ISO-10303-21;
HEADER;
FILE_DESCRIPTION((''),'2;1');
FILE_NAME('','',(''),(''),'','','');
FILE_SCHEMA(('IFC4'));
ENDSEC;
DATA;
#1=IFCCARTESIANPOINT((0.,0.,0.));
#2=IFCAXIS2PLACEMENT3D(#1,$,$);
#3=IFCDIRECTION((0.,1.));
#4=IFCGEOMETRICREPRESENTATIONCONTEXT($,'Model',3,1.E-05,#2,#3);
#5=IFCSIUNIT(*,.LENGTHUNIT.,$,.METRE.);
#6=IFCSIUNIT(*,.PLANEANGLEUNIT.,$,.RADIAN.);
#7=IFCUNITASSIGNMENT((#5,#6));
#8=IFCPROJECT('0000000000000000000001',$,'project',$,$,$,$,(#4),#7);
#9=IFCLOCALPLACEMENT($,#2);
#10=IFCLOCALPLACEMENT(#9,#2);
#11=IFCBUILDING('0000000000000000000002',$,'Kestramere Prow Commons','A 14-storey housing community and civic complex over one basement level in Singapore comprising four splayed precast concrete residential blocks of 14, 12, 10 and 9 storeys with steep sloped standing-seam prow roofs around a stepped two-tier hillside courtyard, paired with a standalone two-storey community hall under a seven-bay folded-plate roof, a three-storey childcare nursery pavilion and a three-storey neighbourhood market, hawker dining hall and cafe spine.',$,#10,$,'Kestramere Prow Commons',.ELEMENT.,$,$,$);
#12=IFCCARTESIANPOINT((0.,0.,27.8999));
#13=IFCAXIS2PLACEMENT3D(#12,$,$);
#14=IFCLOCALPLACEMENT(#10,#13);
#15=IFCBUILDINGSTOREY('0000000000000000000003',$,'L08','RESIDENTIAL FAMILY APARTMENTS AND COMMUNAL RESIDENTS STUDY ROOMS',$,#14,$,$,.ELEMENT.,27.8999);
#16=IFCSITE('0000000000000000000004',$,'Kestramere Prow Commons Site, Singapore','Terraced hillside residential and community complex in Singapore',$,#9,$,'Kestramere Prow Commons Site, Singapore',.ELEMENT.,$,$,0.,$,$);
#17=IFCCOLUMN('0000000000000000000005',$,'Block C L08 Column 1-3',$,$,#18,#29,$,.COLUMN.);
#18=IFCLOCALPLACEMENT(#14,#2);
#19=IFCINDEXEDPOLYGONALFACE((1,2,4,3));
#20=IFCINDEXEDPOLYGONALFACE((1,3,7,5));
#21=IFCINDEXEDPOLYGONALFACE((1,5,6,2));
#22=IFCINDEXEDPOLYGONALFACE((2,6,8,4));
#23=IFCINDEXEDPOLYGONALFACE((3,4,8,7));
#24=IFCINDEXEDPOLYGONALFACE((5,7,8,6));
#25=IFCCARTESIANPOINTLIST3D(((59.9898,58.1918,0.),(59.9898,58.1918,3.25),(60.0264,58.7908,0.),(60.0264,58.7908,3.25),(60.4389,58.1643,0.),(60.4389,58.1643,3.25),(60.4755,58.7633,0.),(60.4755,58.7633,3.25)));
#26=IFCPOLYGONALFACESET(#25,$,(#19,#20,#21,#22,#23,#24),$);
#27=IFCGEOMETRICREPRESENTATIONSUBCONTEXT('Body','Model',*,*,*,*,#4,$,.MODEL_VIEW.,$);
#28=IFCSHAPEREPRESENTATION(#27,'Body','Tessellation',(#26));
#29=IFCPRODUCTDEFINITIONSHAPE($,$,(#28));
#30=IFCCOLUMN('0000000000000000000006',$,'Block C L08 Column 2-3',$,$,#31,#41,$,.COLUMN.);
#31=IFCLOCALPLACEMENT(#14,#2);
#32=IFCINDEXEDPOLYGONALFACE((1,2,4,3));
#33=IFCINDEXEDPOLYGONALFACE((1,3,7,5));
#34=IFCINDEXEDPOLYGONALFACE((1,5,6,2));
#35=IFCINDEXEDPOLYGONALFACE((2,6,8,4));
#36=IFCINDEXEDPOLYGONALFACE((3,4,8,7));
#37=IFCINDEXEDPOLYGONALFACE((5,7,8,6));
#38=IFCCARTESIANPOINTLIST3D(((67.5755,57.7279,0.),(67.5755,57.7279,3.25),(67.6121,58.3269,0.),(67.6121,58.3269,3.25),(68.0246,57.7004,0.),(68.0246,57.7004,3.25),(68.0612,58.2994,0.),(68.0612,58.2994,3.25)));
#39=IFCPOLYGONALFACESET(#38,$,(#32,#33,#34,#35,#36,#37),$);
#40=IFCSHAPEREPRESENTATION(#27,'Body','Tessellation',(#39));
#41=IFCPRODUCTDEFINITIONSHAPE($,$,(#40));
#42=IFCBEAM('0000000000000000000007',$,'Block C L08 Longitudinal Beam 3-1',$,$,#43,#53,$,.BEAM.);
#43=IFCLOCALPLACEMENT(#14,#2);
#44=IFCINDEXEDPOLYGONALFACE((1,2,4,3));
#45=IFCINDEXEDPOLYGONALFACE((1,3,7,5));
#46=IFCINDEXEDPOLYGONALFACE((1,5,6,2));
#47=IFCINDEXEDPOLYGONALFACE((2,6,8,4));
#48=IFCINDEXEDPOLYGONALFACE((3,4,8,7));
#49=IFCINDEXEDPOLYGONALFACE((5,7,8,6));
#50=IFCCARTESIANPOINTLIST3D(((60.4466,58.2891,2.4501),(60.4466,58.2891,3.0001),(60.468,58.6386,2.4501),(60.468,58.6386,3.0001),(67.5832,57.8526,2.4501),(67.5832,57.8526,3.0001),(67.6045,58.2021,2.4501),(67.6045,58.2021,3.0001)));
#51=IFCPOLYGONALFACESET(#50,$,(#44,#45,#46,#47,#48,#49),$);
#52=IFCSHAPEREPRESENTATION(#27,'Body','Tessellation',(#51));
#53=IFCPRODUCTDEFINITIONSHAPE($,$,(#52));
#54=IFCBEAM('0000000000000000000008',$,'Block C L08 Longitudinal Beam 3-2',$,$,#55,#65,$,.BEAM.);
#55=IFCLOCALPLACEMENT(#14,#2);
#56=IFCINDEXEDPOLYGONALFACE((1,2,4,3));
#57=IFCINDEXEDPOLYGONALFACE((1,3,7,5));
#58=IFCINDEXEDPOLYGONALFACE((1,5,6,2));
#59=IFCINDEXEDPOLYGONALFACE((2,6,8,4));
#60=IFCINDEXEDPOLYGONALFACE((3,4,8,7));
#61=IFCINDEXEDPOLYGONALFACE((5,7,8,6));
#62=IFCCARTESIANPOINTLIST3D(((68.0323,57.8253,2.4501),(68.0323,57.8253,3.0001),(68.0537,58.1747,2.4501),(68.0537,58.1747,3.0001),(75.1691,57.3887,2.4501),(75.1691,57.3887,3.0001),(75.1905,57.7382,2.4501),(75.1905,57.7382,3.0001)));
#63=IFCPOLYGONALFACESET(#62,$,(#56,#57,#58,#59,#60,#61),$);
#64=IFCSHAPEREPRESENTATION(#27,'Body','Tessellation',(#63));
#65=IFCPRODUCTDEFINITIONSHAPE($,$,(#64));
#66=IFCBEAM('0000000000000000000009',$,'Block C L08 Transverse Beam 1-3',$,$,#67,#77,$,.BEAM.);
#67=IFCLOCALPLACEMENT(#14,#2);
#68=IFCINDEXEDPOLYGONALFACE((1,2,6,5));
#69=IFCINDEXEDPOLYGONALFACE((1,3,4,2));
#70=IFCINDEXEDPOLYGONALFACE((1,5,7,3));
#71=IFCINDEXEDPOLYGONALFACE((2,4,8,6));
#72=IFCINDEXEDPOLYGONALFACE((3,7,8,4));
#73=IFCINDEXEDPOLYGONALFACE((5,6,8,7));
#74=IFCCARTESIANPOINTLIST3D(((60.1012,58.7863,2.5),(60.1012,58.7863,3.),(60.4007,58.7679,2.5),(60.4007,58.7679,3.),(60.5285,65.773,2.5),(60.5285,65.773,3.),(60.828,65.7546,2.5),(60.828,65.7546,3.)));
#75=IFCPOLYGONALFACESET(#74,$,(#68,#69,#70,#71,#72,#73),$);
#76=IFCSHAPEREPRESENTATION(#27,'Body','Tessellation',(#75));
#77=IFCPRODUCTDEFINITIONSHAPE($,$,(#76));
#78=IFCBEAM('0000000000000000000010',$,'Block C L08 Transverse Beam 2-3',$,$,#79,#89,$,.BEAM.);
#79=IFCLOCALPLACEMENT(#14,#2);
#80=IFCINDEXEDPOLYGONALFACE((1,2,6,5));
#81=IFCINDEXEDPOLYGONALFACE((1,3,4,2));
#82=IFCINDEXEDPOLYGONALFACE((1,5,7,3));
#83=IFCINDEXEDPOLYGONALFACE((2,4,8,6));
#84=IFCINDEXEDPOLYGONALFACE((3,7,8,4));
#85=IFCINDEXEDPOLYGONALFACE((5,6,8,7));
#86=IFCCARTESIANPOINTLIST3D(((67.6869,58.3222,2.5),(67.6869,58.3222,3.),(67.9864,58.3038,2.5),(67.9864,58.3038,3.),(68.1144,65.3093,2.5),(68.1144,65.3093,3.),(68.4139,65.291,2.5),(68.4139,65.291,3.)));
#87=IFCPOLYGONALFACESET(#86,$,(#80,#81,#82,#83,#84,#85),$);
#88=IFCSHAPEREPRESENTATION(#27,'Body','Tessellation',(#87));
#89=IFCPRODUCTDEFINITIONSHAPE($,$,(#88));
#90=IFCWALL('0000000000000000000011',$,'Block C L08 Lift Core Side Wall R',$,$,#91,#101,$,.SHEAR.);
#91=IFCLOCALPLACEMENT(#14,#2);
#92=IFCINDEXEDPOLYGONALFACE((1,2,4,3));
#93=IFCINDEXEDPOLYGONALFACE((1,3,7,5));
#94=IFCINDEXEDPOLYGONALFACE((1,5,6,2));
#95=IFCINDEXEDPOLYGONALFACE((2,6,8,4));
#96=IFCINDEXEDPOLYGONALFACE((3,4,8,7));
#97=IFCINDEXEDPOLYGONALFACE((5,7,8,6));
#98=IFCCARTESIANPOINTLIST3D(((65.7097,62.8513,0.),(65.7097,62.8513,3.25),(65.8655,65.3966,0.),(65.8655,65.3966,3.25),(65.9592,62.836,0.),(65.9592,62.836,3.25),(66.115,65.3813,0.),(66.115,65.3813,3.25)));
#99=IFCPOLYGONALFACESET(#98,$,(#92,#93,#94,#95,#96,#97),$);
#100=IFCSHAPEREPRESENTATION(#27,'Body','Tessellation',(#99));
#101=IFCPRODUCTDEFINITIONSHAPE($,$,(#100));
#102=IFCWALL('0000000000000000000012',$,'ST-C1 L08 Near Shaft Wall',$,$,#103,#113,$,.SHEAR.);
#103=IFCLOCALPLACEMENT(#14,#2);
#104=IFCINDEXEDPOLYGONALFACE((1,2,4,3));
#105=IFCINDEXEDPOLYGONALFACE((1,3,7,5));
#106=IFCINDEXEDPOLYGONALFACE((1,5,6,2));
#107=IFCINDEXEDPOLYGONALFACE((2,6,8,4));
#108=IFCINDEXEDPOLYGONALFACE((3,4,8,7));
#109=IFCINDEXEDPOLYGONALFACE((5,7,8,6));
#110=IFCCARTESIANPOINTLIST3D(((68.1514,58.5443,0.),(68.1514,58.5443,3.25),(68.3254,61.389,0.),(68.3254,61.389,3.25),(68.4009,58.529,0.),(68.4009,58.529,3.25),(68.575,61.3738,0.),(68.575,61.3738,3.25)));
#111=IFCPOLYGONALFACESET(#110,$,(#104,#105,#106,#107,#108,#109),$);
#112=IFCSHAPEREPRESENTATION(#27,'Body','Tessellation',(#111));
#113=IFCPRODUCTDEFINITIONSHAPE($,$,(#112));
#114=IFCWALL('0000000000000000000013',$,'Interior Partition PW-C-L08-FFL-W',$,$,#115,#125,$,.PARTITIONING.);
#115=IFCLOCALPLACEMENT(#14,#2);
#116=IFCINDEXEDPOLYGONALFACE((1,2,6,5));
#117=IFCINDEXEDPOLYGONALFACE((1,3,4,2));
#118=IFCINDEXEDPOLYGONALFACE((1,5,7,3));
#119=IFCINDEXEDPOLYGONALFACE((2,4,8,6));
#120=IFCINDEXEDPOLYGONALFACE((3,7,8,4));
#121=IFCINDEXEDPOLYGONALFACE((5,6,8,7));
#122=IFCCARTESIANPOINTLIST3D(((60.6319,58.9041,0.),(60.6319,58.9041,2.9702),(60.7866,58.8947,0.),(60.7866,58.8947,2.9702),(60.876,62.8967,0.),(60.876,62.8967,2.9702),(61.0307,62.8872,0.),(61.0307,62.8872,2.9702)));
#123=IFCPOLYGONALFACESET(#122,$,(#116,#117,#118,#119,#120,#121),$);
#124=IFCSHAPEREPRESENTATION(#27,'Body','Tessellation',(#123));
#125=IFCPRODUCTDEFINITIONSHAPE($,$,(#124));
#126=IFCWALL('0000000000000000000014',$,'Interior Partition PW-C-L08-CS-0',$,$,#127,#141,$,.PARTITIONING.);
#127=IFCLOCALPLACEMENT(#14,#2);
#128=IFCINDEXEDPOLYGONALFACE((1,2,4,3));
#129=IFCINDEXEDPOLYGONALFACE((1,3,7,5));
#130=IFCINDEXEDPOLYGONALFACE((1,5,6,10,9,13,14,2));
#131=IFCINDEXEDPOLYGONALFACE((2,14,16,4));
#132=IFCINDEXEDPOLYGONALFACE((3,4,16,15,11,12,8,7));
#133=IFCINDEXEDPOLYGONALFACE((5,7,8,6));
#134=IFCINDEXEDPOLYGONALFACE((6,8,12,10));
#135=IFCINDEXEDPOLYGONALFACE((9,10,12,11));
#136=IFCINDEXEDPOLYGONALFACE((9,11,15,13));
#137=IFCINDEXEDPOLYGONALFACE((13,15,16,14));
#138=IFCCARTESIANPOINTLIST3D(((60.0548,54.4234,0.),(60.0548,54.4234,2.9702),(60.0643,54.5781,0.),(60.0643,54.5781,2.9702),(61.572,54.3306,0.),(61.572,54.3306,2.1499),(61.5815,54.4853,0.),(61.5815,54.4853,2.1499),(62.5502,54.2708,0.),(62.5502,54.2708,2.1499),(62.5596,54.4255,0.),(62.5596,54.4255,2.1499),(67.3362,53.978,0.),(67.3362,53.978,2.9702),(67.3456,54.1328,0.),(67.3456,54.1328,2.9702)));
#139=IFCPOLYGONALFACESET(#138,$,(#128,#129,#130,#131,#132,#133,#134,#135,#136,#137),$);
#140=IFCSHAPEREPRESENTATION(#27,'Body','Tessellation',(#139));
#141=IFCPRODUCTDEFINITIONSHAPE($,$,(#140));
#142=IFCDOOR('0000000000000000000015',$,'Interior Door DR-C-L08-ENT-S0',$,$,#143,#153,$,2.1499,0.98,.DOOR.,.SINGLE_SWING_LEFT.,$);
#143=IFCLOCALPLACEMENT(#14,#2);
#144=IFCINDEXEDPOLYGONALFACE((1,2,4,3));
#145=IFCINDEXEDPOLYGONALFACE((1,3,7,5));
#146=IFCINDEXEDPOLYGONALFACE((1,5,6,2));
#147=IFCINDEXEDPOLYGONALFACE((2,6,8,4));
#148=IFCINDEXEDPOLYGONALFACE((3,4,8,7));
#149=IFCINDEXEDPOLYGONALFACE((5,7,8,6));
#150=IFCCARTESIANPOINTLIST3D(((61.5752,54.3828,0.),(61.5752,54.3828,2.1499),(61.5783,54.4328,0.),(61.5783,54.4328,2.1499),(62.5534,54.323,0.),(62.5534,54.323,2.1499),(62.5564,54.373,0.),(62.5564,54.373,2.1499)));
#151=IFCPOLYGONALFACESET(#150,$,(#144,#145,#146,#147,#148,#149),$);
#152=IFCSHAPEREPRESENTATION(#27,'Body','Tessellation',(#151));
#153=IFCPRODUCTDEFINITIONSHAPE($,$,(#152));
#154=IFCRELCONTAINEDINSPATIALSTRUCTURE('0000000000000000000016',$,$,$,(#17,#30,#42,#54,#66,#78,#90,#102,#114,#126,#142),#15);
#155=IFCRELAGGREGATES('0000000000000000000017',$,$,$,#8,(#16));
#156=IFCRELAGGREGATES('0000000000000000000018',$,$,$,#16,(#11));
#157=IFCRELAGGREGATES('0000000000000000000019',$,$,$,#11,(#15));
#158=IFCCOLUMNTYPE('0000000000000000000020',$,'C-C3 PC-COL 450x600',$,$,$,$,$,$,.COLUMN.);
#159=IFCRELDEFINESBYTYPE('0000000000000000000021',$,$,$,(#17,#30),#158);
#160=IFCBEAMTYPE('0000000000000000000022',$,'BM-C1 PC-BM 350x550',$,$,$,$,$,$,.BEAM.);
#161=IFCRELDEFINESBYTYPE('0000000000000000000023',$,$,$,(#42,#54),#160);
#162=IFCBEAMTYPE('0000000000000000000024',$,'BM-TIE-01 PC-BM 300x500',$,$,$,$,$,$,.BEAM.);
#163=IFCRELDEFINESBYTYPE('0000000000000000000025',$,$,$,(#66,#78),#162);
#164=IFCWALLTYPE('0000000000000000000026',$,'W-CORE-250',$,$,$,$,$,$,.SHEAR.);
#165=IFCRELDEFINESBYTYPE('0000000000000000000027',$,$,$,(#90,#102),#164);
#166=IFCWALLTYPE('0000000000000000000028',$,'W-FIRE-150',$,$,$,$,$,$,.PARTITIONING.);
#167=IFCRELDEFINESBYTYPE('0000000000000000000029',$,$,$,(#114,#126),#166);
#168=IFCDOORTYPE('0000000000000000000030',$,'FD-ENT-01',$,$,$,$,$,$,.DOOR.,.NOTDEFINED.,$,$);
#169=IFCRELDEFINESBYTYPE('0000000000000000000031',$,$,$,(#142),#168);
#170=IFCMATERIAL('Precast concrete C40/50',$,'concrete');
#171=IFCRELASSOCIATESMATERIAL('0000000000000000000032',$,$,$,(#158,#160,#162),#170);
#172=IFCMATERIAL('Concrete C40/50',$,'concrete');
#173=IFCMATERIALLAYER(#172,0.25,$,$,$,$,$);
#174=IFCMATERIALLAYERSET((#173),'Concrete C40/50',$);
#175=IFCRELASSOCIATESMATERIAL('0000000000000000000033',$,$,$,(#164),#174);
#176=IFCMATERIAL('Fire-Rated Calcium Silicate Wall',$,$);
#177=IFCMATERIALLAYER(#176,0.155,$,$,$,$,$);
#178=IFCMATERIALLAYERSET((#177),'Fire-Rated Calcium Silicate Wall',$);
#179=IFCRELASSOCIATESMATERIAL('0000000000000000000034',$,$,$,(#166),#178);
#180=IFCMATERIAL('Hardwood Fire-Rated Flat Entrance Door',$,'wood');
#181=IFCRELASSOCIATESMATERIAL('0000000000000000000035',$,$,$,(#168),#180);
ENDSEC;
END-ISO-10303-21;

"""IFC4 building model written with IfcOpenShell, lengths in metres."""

from ifc_helpers import new_model, si_unit, direction, frame, frame_2d, origin, origin_2d, place, context, subcontext, project, spatial, rectangle, extrude, material, layer, layer_set, material_profile, profile_set, type_object, element, fill, save


model = new_model("IFC4")

# Units and contexts
model_context = context("Model", 3, precision=1e-05, world=origin(), true_north=direction((0.0, 1.0)))
body_context = subcontext(model_context, "Body", "Model", "MODEL_VIEW")
ifc_project = project(units=[si_unit("LENGTHUNIT", "METRE"), si_unit("PLANEANGLEUNIT", "RADIAN")], contexts=[model_context])

# Site, building, storey
site_placement = place(None, origin())
site = spatial("IfcSite", under=ifc_project, at=site_placement, Name="Kestramere Prow Commons Site, Singapore", Description="Terraced hillside residential and community complex in Singapore", LongName="Kestramere Prow Commons Site, Singapore", CompositionType="ELEMENT", RefElevation=0.0)
building_placement = place(site_placement, origin())
building = spatial("IfcBuilding", under=site, at=building_placement, Name="Kestramere Prow Commons", Description="A 14-storey housing community and civic complex over one basement level in Singapore comprising four splayed precast concrete residential blocks of 14, 12, 10 and 9 storeys with steep sloped standing-seam prow roofs around a stepped two-tier hillside courtyard, paired with a standalone two-storey community hall under a seven-bay folded-plate roof, a three-storey childcare nursery pavilion and a three-storey neighbourhood market, hawker dining hall and cafe spine.", LongName="Kestramere Prow Commons", CompositionType="ELEMENT")
storey_placement = place(building_placement, frame((0.0, 0.0, 27.8999)))
storey = spatial("IfcBuildingStorey", under=building, at=storey_placement, Name="L08", Description="RESIDENTIAL FAMILY APARTMENTS AND COMMUNAL RESIDENTS STUDY ROOMS", CompositionType="ELEMENT", Elevation=27.8999)

# Columns
ifc_material_1 = material(Name="Precast concrete C40/50", Category="concrete")
ifc_material_profile_1 = material_profile(ifc_material_1, rectangle(XDim=0.45, YDim=0.6001, at=origin_2d()), Name="PC-COL 450x600")
ifc_profile_set_1 = profile_set([ifc_material_profile_1], Name="Precast concrete C40/50")
column_type = type_object("IfcColumnType", Name="C-C3 PC-COL 450x600", PredefinedType="COLUMN", material=ifc_profile_set_1)
for number, where, z_axis, x_axis, name in (
    (1, (60.2327, 58.4775, 0.0), (0.0, 0.0, 1.0), (0.998135, -0.061049, 0.0), "Block C L08 Column 1-3"),
    (2, (67.8184, 58.0137, 0.0), (0.0, 0.0, 1.0), (0.998135, -0.061049, 0.0), "Block C L08 Column 2-3"),
):
    element("IfcColumn", number, at=place(storey_placement, frame(where, z_axis=z_axis, x_axis=x_axis)), inside=storey, type_object=column_type, Name=name, PredefinedType="COLUMN", context=body_context, shape_type="SweptSolid", body=[
        extrude(rectangle(XDim=0.45, YDim=0.6001, at=origin_2d()), origin(), (0.0, 0.0, 1.0), 3.25),
    ])

# Beams
ifc_material_profile_2 = material_profile(ifc_material_1, rectangle(XDim=0.3501, YDim=0.55, at=origin_2d()), Name="PC-BM 350x550")
ifc_profile_set_2 = profile_set([ifc_material_profile_2], Name="Precast concrete C40/50")
beam_type_1 = type_object("IfcBeamType", Name="BM-C1 PC-BM 350x550", PredefinedType="BEAM", material=ifc_profile_set_2)
beam_1_placement = place(storey_placement, frame((60.4573, 58.4639, 2.7251), z_axis=(0.998134, -0.061054, 0.0), x_axis=(0.061054, 0.998134, 0.0)))
element("IfcBeam", 3, at=beam_1_placement, inside=storey, type_object=beam_type_1, Name="Block C L08 Longitudinal Beam 3-1", PredefinedType="BEAM", context=body_context, shape_type="SweptSolid", body=[
    extrude(rectangle(XDim=0.3501, YDim=0.55, at=origin_2d()), origin(), (0.0, 0.0, 1.0), 7.1499),
])
beam_2_placement = place(storey_placement, frame((68.043, 58.0, 2.7251), z_axis=(0.998135, -0.061052, 0.0), x_axis=(0.061052, 0.998135, 0.0)))
element("IfcBeam", 4, at=beam_2_placement, inside=storey, type_object=beam_type_1, Name="Block C L08 Longitudinal Beam 3-2", PredefinedType="BEAM", context=body_context, shape_type="SweptSolid", body=[
    extrude(rectangle(XDim=0.3501, YDim=0.55, at=origin_2d()), origin(), (0.0, 0.0, 1.0), 7.1501),
])
ifc_material_profile_3 = material_profile(ifc_material_1, rectangle(XDim=0.3, YDim=0.5, at=origin_2d()), Name="PC-BM 300x500")
ifc_profile_set_3 = profile_set([ifc_material_profile_3], Name="Precast concrete C40/50")
beam_type_2 = type_object("IfcBeamType", Name="BM-TIE-01 PC-BM 300x500", PredefinedType="BEAM", material=ifc_profile_set_3)
beam_3_placement = place(storey_placement, frame((60.251, 58.7771, 2.75), z_axis=(0.061036, 0.998136, 0.0), x_axis=(-0.998136, 0.061036, 0.0)))
element("IfcBeam", 5, at=beam_3_placement, inside=storey, type_object=beam_type_2, Name="Block C L08 Transverse Beam 1-3", PredefinedType="BEAM", context=body_context, shape_type="SweptSolid", body=[
    extrude(rectangle(XDim=0.3, YDim=0.5, at=origin_2d()), origin(), (0.0, 0.0, 1.0), 6.9998),
])
beam_4_placement = place(storey_placement, frame((67.8367, 58.313, 2.75), z_axis=(0.061069, 0.998134, 0.0), x_axis=(-0.998134, 0.061069, 0.0)))
element("IfcBeam", 6, at=beam_4_placement, inside=storey, type_object=beam_type_2, Name="Block C L08 Transverse Beam 2-3", PredefinedType="BEAM", context=body_context, shape_type="SweptSolid", body=[
    extrude(rectangle(XDim=0.3, YDim=0.5, at=origin_2d()), origin(), (0.0, 0.0, 1.0), 7.0002),
])

# Wall
ifc_material_2 = material(Name="Concrete C40/50", Category="concrete")
ifc_layer_1 = layer(ifc_material_2, 0.25)
ifc_layer_set_1 = layer_set([ifc_layer_1], Name="Concrete C40/50")
wall_type_1 = type_object("IfcWallType", Name="W-CORE-250", PredefinedType="SHEAR", material=ifc_layer_set_1)
wall_1_placement = place(storey_placement, frame((65.8345, 62.8438, 0.0), z_axis=(0.0, 0.0, 1.0), x_axis=(0.061085, 0.998133, 0.0)))
element("IfcWall", 7, at=wall_1_placement, inside=storey, type_object=wall_type_1, Name="Block C L08 Lift Core Side Wall R", PredefinedType="SHEAR", context=body_context, shape_type="SweptSolid", body=[
    extrude(rectangle(XDim=2.55, YDim=0.25, at=frame_2d((1.2749, 0.0))), origin(), (0.0, 0.0, 1.0), 3.25),
])

# Wall
wall_2_placement = place(storey_placement, frame((68.2761, 58.5366, 0.0), z_axis=(0.0, 0.0, 1.0), x_axis=(0.061077, 0.998133, 0.0)))
element("IfcWall", 8, at=wall_2_placement, inside=storey, type_object=wall_type_1, Name="ST-C1 L08 Near Shaft Wall", PredefinedType="SHEAR", context=body_context, shape_type="SweptSolid", body=[
    extrude(rectangle(XDim=2.8501, YDim=0.25, at=frame_2d((1.425, 0.0))), origin(), (0.0, 0.0, 1.0), 3.25),
])

# Shared definitions
ifc_material_3 = material(Name="Fire-Rated Calcium Silicate Wall")
ifc_layer_2 = layer(ifc_material_3, 0.155)
ifc_layer_set_2 = layer_set([ifc_layer_2], Name="Fire-Rated Calcium Silicate Wall")
wall_type_2 = type_object("IfcWallType", Name="W-FIRE-150", PredefinedType="PARTITIONING", material=ifc_layer_set_2)

# Wall
wall_3_placement = place(storey_placement, frame((60.7092, 58.8994, 0.0), z_axis=(0.0, 0.0, 1.0), x_axis=(0.061037, 0.998136, 0.0)))
element("IfcWall", 9, at=wall_3_placement, inside=storey, type_object=wall_type_2, Name="Interior Partition PW-C-L08-FFL-W", PredefinedType="PARTITIONING", context=body_context, shape_type="SweptSolid", body=[
    extrude(rectangle(XDim=4.0, YDim=0.155, at=frame_2d((2.0, 0.0))), origin(), (0.0, 0.0, 1.0), 2.9702),
])

# Wall, opening, door
wall_4_placement = place(storey_placement, frame((60.0596, 54.5007, 0.0), z_axis=(0.0, 0.0, 1.0), x_axis=(0.998135, -0.061045, 0.0)))
wall_4 = element("IfcWall", 10, at=wall_4_placement, inside=storey, type_object=wall_type_2, Name="Interior Partition PW-C-L08-CS-0", PredefinedType="PARTITIONING", context=body_context, shape_type="SweptSolid", body=[
    extrude(rectangle(XDim=7.2949, YDim=0.155, at=frame_2d((3.6475, 0.0))), origin(), (0.0, 0.0, 1.0), 2.9702),
])
opening_1_placement = place(wall_4_placement, frame((1.52, 0.0, 0.0)))
opening_1 = element("IfcOpeningElement", 11, at=opening_1_placement, cuts=wall_4, PredefinedType="OPENING", context=body_context, shape_type="SweptSolid", body=[
    extrude(rectangle(XDim=0.98, YDim=2.1499, at=frame_2d((0.49, 1.075))), frame((0.0, 0.0925, 0.0), z_axis=(0.0, -1.0, 0.0), x_axis=(1.0, 0.0, 0.0)), (0.0, 0.0, 1.0), 0.1851),
])
ifc_material_4 = material(Name="Hardwood Fire-Rated Flat Entrance Door", Category="wood")
door_type_1 = type_object("IfcDoorType", Name="FD-ENT-01", OperationType="NOTDEFINED", PredefinedType="DOOR", material=ifc_material_4)
door_1_placement = place(opening_1_placement, origin())
door_1 = element("IfcDoor", 12, at=door_1_placement, inside=storey, type_object=door_type_1, Name="Interior Door DR-C-L08-ENT-S0", OperationType="SINGLE_SWING_LEFT", OverallHeight=2.1499, OverallWidth=0.98, PredefinedType="DOOR", context=body_context, shape_type="SweptSolid", body=[
    extrude(rectangle(XDim=0.98, YDim=2.1499, at=frame_2d((0.49, 1.075))), frame((0.0, 0.0249, 0.0), z_axis=(0.0, -1.0, 0.0), x_axis=(1.0, 0.0, 0.0)), (0.0, 0.0, 1.0), 0.05),
])
fill(opening_1, door_1)

save(model, "model.ifc")
